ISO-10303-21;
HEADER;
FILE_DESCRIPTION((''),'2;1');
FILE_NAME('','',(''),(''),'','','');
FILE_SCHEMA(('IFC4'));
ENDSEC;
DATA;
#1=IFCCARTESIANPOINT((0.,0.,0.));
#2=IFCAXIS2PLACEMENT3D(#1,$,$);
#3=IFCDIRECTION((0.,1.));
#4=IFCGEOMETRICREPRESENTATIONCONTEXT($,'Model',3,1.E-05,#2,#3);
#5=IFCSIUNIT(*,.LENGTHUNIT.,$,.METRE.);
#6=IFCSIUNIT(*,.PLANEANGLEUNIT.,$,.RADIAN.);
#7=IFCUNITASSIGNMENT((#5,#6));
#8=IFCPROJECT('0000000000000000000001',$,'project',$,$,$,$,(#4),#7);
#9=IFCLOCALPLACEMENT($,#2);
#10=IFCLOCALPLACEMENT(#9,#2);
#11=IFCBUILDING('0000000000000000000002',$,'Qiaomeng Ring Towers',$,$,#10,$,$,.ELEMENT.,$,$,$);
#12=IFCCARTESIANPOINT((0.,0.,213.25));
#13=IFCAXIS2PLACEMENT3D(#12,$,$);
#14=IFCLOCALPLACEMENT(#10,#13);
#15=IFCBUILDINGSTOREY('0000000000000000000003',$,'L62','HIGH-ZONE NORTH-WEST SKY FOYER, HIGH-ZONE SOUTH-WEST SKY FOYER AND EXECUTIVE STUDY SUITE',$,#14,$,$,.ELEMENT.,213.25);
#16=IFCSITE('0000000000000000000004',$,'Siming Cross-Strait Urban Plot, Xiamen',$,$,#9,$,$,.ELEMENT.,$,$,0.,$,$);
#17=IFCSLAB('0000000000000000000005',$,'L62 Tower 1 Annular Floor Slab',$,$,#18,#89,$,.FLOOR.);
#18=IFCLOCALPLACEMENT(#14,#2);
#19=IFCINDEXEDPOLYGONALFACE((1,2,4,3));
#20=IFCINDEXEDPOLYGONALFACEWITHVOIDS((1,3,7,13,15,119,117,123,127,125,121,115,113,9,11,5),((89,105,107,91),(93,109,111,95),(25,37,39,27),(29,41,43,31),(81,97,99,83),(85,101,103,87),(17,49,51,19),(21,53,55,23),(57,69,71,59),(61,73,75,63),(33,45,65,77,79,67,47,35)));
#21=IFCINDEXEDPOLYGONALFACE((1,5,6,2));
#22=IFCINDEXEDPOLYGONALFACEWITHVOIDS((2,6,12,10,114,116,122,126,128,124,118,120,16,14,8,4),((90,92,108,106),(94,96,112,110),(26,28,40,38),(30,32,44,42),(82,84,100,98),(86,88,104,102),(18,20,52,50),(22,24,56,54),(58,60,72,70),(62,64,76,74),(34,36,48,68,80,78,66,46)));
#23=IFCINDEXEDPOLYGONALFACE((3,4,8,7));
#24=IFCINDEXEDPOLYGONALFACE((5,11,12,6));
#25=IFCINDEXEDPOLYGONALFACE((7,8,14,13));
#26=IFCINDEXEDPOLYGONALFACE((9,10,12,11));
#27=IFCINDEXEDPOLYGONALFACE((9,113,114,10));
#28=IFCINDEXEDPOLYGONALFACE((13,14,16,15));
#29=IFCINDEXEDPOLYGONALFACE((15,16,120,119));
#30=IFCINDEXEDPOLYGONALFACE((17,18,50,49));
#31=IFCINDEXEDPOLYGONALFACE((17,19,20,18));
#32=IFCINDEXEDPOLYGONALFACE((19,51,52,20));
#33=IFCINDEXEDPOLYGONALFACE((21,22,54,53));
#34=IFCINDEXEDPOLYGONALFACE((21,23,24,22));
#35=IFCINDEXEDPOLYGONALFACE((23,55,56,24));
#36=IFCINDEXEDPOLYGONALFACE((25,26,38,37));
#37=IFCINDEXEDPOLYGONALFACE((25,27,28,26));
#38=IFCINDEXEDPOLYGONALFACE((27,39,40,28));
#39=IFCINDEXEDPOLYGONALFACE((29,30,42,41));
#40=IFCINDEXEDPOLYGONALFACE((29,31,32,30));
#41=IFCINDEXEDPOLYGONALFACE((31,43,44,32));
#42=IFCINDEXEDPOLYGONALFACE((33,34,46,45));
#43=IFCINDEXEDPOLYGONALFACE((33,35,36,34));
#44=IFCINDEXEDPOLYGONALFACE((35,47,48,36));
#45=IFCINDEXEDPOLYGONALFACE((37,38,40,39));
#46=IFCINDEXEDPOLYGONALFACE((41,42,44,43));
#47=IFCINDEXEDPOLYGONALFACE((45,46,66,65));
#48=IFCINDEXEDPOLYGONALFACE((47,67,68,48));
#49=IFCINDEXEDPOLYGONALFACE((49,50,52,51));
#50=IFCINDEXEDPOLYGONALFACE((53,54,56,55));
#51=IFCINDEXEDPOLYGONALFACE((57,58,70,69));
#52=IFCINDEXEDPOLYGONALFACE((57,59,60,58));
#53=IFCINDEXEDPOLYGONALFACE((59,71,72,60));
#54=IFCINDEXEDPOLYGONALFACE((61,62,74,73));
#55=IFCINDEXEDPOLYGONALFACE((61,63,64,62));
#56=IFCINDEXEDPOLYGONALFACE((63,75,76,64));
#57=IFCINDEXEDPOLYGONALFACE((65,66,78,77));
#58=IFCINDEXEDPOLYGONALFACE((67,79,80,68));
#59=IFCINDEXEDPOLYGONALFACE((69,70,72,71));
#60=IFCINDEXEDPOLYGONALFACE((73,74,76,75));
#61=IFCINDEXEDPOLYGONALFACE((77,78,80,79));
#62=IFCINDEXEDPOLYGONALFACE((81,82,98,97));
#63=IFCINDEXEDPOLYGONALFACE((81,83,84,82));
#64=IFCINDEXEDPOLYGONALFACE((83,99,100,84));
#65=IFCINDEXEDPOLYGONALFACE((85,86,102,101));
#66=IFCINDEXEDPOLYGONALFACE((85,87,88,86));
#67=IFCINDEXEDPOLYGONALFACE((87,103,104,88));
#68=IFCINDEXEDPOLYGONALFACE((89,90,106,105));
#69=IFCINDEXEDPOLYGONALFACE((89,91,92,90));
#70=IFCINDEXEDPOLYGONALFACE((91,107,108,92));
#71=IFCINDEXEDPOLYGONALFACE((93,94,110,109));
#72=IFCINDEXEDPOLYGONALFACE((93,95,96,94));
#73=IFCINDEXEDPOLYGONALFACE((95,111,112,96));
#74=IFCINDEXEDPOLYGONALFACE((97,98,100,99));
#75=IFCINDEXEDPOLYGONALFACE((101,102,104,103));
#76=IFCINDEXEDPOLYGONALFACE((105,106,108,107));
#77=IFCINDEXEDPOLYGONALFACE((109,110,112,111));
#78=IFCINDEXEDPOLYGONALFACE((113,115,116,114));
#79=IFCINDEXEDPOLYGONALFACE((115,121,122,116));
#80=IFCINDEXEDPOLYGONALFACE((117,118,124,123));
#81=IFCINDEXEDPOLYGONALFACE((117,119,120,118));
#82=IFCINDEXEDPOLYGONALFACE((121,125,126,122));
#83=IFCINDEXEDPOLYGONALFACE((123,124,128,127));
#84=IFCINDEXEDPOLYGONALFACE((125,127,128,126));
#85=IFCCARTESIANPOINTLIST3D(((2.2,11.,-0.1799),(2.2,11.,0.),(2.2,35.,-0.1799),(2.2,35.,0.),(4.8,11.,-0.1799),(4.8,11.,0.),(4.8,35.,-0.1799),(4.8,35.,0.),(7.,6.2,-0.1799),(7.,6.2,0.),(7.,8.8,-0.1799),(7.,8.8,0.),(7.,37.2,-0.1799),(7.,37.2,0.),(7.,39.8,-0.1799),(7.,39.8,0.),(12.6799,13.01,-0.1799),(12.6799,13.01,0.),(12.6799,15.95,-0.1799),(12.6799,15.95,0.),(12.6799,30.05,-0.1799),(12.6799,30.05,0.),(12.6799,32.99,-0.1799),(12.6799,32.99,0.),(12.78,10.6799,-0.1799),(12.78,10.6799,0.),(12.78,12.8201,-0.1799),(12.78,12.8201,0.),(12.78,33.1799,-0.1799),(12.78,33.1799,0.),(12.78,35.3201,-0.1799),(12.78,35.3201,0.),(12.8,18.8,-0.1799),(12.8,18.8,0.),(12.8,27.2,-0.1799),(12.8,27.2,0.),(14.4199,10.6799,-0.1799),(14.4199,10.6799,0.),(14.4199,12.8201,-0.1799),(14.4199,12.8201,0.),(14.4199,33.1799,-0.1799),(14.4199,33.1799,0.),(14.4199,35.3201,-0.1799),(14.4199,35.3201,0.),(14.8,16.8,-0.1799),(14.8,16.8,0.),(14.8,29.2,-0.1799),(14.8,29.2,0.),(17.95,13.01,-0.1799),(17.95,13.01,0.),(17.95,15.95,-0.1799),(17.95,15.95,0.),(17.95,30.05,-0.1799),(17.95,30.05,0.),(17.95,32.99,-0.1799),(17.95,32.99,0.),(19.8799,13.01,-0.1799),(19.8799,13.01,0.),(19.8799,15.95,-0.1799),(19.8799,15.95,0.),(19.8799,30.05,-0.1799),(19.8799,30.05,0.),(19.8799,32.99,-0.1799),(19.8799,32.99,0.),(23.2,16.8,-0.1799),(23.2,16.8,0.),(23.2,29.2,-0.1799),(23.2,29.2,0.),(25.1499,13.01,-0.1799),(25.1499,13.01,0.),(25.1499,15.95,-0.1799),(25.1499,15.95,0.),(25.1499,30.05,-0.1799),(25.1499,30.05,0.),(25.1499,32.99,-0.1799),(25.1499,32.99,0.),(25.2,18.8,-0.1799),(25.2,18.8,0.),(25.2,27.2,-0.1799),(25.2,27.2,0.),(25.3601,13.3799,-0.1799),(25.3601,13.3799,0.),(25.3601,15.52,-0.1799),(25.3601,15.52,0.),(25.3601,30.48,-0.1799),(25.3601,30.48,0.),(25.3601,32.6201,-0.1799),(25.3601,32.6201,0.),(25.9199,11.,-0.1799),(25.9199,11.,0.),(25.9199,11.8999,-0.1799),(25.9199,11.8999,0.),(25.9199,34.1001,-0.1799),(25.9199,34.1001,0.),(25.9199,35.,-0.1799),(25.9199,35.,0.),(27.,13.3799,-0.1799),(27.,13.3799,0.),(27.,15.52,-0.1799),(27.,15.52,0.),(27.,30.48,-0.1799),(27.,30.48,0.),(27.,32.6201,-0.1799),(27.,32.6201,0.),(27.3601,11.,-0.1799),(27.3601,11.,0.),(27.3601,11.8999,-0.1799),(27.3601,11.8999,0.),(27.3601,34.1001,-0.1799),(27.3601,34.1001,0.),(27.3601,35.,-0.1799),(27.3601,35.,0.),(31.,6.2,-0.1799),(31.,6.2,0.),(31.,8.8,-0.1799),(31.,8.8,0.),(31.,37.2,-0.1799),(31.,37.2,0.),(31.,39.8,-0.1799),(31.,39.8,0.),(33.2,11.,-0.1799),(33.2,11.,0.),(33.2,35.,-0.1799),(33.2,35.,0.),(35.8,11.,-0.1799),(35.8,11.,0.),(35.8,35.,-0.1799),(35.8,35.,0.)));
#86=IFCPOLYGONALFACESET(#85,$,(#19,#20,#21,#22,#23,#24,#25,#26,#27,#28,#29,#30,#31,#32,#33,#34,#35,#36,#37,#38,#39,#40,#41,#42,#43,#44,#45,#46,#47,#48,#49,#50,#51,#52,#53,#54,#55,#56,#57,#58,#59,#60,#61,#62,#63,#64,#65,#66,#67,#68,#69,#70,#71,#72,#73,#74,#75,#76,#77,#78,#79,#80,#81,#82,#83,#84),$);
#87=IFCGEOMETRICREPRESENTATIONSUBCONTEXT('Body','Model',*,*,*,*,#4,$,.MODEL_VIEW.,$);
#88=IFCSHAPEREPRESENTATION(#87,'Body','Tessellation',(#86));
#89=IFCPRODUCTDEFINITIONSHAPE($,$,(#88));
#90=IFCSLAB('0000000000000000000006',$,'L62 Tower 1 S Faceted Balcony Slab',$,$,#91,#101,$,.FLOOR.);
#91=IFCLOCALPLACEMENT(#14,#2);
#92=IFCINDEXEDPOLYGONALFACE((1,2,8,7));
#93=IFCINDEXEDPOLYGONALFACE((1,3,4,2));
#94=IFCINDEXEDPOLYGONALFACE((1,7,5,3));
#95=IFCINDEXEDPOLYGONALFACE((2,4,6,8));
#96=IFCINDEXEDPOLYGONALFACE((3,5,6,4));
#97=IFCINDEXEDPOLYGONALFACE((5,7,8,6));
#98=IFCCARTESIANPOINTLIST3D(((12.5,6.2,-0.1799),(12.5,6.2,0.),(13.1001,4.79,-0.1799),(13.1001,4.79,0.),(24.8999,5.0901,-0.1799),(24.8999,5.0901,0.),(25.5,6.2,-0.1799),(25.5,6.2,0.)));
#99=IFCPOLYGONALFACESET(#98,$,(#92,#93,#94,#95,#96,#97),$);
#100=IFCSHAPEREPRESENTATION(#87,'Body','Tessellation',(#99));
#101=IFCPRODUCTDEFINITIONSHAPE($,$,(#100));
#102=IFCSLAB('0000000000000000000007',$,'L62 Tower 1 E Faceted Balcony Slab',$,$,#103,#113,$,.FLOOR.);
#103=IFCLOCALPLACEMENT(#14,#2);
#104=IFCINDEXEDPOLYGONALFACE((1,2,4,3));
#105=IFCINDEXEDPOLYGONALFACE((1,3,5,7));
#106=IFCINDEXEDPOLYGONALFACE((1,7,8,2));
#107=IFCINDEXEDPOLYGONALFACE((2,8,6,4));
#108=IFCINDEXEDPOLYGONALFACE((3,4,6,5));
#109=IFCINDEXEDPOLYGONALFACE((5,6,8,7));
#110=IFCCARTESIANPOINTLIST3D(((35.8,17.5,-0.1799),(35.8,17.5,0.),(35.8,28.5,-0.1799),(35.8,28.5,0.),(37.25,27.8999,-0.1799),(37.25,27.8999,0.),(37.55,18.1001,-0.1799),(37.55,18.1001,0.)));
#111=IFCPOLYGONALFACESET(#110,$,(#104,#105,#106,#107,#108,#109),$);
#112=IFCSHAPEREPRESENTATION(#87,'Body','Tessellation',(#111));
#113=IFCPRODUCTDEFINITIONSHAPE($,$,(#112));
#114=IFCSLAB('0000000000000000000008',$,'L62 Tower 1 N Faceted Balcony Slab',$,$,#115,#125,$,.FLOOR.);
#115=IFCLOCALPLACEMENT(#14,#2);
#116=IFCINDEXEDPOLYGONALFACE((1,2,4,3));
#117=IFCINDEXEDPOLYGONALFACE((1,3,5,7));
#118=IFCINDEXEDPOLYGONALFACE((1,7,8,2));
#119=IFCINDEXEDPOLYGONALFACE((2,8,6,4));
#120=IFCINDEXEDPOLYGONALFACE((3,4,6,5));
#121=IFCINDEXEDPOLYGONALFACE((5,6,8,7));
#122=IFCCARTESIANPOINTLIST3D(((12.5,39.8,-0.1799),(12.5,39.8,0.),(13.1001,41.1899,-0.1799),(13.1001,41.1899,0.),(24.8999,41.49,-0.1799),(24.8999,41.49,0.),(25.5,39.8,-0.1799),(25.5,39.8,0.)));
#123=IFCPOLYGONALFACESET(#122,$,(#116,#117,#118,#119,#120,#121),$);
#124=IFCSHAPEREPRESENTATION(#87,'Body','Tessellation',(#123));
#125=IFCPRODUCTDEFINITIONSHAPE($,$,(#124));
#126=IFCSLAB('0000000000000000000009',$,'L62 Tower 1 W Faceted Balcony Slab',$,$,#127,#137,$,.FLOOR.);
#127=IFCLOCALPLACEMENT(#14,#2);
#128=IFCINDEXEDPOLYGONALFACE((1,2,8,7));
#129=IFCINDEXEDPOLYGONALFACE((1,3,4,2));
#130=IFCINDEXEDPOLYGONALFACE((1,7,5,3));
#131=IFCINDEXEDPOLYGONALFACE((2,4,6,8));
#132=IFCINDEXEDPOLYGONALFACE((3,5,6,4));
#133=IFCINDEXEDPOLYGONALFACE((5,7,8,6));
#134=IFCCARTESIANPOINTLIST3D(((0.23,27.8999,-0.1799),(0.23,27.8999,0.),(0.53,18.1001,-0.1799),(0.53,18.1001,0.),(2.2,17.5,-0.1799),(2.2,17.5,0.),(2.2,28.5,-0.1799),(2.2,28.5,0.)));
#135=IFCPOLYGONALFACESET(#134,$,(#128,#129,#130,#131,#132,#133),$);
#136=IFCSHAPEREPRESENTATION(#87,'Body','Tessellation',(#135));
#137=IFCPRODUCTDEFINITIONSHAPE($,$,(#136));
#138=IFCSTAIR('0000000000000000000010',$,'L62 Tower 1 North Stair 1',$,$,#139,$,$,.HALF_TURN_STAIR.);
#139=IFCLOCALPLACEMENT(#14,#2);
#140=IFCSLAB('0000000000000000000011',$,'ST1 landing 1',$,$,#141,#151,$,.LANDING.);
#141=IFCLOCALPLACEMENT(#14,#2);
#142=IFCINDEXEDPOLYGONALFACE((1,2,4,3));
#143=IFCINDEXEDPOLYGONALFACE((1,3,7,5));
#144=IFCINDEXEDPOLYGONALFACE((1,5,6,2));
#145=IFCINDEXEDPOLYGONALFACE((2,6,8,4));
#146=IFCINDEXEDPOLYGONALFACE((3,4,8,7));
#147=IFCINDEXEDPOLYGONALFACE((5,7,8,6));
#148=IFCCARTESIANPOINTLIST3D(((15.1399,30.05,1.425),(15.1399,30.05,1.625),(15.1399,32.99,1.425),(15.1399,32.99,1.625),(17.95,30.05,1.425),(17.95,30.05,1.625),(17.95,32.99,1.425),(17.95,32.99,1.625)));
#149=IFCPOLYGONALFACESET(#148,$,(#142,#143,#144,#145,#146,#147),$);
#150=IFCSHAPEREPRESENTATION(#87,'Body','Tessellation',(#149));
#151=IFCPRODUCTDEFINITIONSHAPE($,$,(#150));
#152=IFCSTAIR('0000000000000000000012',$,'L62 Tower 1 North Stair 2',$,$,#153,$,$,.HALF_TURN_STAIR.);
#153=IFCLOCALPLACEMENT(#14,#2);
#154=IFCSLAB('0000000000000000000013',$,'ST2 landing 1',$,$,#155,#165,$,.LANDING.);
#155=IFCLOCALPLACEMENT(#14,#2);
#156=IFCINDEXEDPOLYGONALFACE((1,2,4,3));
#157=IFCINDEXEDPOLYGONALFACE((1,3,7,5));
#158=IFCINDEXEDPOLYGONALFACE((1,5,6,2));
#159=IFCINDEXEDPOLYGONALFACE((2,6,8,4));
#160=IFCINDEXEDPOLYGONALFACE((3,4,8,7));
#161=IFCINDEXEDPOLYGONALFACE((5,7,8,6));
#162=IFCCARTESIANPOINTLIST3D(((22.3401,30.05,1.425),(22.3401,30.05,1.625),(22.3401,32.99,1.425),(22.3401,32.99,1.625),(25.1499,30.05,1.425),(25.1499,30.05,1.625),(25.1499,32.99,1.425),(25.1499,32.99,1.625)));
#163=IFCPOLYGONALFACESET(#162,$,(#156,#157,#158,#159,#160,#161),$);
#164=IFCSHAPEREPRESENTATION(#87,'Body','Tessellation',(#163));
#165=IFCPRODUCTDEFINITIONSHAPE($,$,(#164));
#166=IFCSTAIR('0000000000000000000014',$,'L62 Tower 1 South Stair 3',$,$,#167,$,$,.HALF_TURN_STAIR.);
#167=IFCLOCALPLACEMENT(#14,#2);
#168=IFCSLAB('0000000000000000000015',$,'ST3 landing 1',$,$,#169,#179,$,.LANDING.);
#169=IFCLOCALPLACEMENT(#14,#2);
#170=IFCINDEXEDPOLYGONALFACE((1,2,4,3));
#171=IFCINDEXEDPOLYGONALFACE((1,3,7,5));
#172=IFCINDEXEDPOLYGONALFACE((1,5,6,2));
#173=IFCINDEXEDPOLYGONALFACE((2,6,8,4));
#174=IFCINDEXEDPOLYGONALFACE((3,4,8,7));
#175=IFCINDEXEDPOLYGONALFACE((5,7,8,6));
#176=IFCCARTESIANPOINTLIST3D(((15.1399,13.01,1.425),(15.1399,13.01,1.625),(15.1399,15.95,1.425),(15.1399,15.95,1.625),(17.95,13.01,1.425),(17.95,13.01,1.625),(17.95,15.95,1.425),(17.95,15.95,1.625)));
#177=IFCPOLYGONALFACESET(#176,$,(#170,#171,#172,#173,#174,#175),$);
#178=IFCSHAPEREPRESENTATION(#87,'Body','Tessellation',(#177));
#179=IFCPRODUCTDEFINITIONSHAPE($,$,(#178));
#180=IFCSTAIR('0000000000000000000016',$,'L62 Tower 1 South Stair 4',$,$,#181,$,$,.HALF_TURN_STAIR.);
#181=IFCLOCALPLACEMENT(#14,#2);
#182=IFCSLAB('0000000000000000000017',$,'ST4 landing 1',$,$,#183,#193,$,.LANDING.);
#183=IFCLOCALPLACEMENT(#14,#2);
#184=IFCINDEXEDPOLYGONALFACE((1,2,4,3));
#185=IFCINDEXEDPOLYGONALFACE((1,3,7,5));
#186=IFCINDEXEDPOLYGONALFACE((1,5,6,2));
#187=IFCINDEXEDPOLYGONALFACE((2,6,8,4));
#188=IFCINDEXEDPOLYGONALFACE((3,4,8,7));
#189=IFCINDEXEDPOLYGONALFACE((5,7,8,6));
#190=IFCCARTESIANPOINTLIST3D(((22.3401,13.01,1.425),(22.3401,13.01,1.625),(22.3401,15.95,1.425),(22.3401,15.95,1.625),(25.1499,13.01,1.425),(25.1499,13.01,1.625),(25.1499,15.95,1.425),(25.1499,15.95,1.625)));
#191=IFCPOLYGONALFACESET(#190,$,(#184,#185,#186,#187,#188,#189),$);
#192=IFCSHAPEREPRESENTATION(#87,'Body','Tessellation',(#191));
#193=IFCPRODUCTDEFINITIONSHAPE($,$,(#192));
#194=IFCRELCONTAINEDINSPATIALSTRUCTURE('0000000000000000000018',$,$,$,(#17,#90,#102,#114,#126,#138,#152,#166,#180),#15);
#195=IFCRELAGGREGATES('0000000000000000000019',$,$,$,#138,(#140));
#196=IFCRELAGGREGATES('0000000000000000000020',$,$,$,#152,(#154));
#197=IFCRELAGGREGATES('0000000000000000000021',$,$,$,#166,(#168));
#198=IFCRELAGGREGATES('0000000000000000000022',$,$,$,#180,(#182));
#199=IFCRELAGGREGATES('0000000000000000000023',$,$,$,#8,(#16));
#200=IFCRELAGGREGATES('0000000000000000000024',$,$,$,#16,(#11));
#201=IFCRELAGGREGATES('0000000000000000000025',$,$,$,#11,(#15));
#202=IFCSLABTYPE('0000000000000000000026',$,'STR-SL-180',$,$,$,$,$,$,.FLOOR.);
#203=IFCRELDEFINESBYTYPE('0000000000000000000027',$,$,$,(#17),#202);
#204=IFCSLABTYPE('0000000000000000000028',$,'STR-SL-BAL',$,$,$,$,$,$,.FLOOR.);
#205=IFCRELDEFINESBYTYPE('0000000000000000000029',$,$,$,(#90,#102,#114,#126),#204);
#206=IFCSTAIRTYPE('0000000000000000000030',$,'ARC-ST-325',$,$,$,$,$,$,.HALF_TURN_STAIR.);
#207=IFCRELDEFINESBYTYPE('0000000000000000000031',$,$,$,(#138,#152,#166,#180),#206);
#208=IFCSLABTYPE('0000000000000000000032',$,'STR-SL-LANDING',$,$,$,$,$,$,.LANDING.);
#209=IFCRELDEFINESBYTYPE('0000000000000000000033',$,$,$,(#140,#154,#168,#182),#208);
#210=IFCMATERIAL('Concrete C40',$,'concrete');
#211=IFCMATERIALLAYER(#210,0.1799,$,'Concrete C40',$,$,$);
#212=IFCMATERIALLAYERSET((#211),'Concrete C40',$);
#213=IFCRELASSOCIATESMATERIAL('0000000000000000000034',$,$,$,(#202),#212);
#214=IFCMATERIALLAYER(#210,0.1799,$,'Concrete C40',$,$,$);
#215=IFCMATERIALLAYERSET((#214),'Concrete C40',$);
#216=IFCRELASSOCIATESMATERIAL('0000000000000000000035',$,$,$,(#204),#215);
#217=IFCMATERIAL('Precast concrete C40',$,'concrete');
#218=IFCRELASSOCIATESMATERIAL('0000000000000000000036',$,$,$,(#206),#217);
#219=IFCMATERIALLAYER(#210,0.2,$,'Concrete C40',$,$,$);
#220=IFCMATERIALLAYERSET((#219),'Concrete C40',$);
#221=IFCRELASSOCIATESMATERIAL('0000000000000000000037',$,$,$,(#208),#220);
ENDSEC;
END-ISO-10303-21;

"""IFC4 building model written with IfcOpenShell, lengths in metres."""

from ifc_helpers import new_model, si_unit, direction, frame, origin, place, context, subcontext, project, spatial, polyline, outline, extrude, material, layer, layer_set, type_object, element, aggregate, save


model = new_model("IFC4")

# Units and contexts
model_context = context("Model", 3, precision=1e-05, world=origin(), true_north=direction((0.0, 1.0)))
body_context = subcontext(model_context, "Body", "Model", "MODEL_VIEW")
ifc_project = project(units=[si_unit("LENGTHUNIT", "METRE"), si_unit("PLANEANGLEUNIT", "RADIAN")], contexts=[model_context])

# Site, building, storey
site_placement = place(None, origin())
site = spatial("IfcSite", under=ifc_project, at=site_placement, Name="Siming Cross-Strait Urban Plot, Xiamen", CompositionType="ELEMENT", RefElevation=0.0)
building_placement = place(site_placement, origin())
building = spatial("IfcBuilding", under=site, at=building_placement, Name="Qiaomeng Ring Towers", CompositionType="ELEMENT")
storey_placement = place(building_placement, frame((0.0, 0.0, 213.25)))
storey = spatial("IfcBuildingStorey", under=building, at=storey_placement, Name="L62", Description="HIGH-ZONE NORTH-WEST SKY FOYER, HIGH-ZONE SOUTH-WEST SKY FOYER AND EXECUTIVE STUDY SUITE", CompositionType="ELEMENT", Elevation=213.25)

# Slabs
ifc_material_1 = material(Name="Concrete C40", Category="concrete")
ifc_layer_1 = layer(ifc_material_1, 0.1799, Name="Concrete C40")
ifc_layer_set_1 = layer_set([ifc_layer_1], Name="Concrete C40")
slab_type_1 = type_object("IfcSlabType", Name="STR-SL-180", PredefinedType="FLOOR", material=ifc_layer_set_1)
slab_1_placement = place(storey_placement, frame((0.0, 0.0, -0.1799)))
element("IfcSlab", 1, at=slab_1_placement, inside=storey, type_object=slab_type_1, Name="L62 Tower 1 Annular Floor Slab", PredefinedType="FLOOR", context=body_context, shape_type="SweptSolid", body=[
    extrude(outline(polyline([(7.0, 6.2), (31.0, 6.2), (31.0, 8.8), (33.2, 11.0), (35.8, 11.0), (35.8, 35.0), (33.2, 35.0), (31.0, 37.2), (31.0, 39.8), (7.0, 39.8), (7.0, 37.2), (4.8, 35.0), (2.2, 35.0), (2.2, 11.0), (4.8, 11.0), (7.0, 8.8), (7.0, 6.2)]), holes=[polyline([(12.78, 10.6799), (12.78, 12.8201), (14.4199, 12.8201), (14.4199, 10.6799), (12.78, 10.6799)]), polyline([(12.6799, 13.01), (12.6799, 15.95), (17.95, 15.95), (17.95, 13.01), (12.6799, 13.01)]), polyline([(23.2, 29.2), (25.2, 27.2), (25.2, 18.8), (23.2, 16.8), (14.8, 16.8), (12.8, 18.8), (12.8, 27.2), (14.8, 29.2), (23.2, 29.2)]), polyline([(12.6799, 32.99), (17.95, 32.99), (17.95, 30.05), (12.6799, 30.05), (12.6799, 32.99)]), polyline([(19.8799, 32.99), (25.1499, 32.99), (25.1499, 30.05), (19.8799, 30.05), (19.8799, 32.99)]), polyline([(12.78, 33.1799), (12.78, 35.3201), (14.4199, 35.3201), (14.4199, 33.1799), (12.78, 33.1799)]), polyline([(25.9199, 11.8999), (27.3601, 11.8999), (27.3601, 11.0), (25.9199, 11.0), (25.9199, 11.8999)]), polyline([(25.3601, 15.52), (27.0, 15.52), (27.0, 13.3799), (25.3601, 13.3799), (25.3601, 15.52)]), polyline([(19.8799, 13.01), (19.8799, 15.95), (25.1499, 15.95), (25.1499, 13.01), (19.8799, 13.01)]), polyline([(25.3601, 32.6201), (27.0, 32.6201), (27.0, 30.48), (25.3601, 30.48), (25.3601, 32.6201)]), polyline([(25.9199, 35.0), (27.3601, 35.0), (27.3601, 34.1001), (25.9199, 34.1001), (25.9199, 35.0)])]), origin(), (0.0, 0.0, 1.0), 0.1799),
])
ifc_layer_2 = layer(ifc_material_1, 0.1799, Name="Concrete C40")
ifc_layer_set_2 = layer_set([ifc_layer_2], Name="Concrete C40")
slab_type_2 = type_object("IfcSlabType", Name="STR-SL-BAL", PredefinedType="FLOOR", material=ifc_layer_set_2)
slab_2_placement = place(storey_placement, frame((0.0, 0.0, -0.1799)))
element("IfcSlab", 2, at=slab_2_placement, inside=storey, type_object=slab_type_2, Name="L62 Tower 1 S Faceted Balcony Slab", PredefinedType="FLOOR", context=body_context, shape_type="SweptSolid", body=[
    extrude(outline(polyline([(25.5, 6.2), (24.8999, 5.0901), (13.1001, 4.79), (12.5, 6.2), (25.5, 6.2)])), origin(), (0.0, 0.0, 1.0), 0.1799),
])
slab_3_placement = place(storey_placement, frame((0.0, 0.0, -0.1799)))
element("IfcSlab", 3, at=slab_3_placement, inside=storey, type_object=slab_type_2, Name="L62 Tower 1 E Faceted Balcony Slab", PredefinedType="FLOOR", context=body_context, shape_type="SweptSolid", body=[
    extrude(outline(polyline([(37.25, 27.8999), (37.55, 18.1001), (35.8, 17.5), (35.8, 28.5), (37.25, 27.8999)])), origin(), (0.0, 0.0, 1.0), 0.1799),
])
slab_4_placement = place(storey_placement, frame((0.0, 0.0, -0.1799)))
element("IfcSlab", 4, at=slab_4_placement, inside=storey, type_object=slab_type_2, Name="L62 Tower 1 N Faceted Balcony Slab", PredefinedType="FLOOR", context=body_context, shape_type="SweptSolid", body=[
    extrude(outline(polyline([(12.5, 39.8), (13.1001, 41.1899), (24.8999, 41.49), (25.5, 39.8), (12.5, 39.8)])), origin(), (0.0, 0.0, 1.0), 0.1799),
])
slab_5_placement = place(storey_placement, frame((0.0, 0.0, -0.1799)))
element("IfcSlab", 5, at=slab_5_placement, inside=storey, type_object=slab_type_2, Name="L62 Tower 1 W Faceted Balcony Slab", PredefinedType="FLOOR", context=body_context, shape_type="SweptSolid", body=[
    extrude(outline(polyline([(0.53, 18.1001), (0.23, 27.8999), (2.2, 28.5), (2.2, 17.5), (0.53, 18.1001)])), origin(), (0.0, 0.0, 1.0), 0.1799),
])

# Stairs, slabs
ifc_material_2 = material(Name="Precast concrete C40", Category="concrete")
stair_type = type_object("IfcStairType", Name="ARC-ST-325", PredefinedType="HALF_TURN_STAIR", material=ifc_material_2)
stair_1_placement = place(storey_placement, origin())
stair_1 = element("IfcStair", 6, at=stair_1_placement, inside=storey, type_object=stair_type, Name="L62 Tower 1 North Stair 1", PredefinedType="HALF_TURN_STAIR")
ifc_layer_3 = layer(ifc_material_1, 0.2, Name="Concrete C40")
ifc_layer_set_3 = layer_set([ifc_layer_3], Name="Concrete C40")
slab_type_3 = type_object("IfcSlabType", Name="STR-SL-LANDING", PredefinedType="LANDING", material=ifc_layer_set_3)
slab_6_placement = place(storey_placement, frame((0.0, 0.0, 1.425)))
slab_6 = element("IfcSlab", 7, at=slab_6_placement, type_object=slab_type_3, Name="ST1 landing 1", PredefinedType="LANDING", context=body_context, shape_type="SweptSolid", body=[
    extrude(outline(polyline([(15.1399, 30.05), (17.95, 30.05), (17.95, 32.99), (15.1399, 32.99), (15.1399, 30.05)])), origin(), (0.0, 0.0, 1.0), 0.2),
])
aggregate(stair_1, [slab_6])
stair_2_placement = place(storey_placement, origin())
stair_2 = element("IfcStair", 8, at=stair_2_placement, inside=storey, type_object=stair_type, Name="L62 Tower 1 North Stair 2", PredefinedType="HALF_TURN_STAIR")
slab_7_placement = place(storey_placement, frame((0.0, 0.0, 1.425)))
slab_7 = element("IfcSlab", 9, at=slab_7_placement, type_object=slab_type_3, Name="ST2 landing 1", PredefinedType="LANDING", context=body_context, shape_type="SweptSolid", body=[
    extrude(outline(polyline([(22.3401, 30.05), (25.1499, 30.05), (25.1499, 32.99), (22.3401, 32.99), (22.3401, 30.05)])), origin(), (0.0, 0.0, 1.0), 0.2),
])
aggregate(stair_2, [slab_7])
stair_3_placement = place(storey_placement, origin())
stair_3 = element("IfcStair", 10, at=stair_3_placement, inside=storey, type_object=stair_type, Name="L62 Tower 1 South Stair 3", PredefinedType="HALF_TURN_STAIR")
slab_8_placement = place(storey_placement, frame((0.0, 0.0, 1.425)))
slab_8 = element("IfcSlab", 11, at=slab_8_placement, type_object=slab_type_3, Name="ST3 landing 1", PredefinedType="LANDING", context=body_context, shape_type="SweptSolid", body=[
    extrude(outline(polyline([(15.1399, 13.01), (17.95, 13.01), (17.95, 15.95), (15.1399, 15.95), (15.1399, 13.01)])), origin(), (0.0, 0.0, 1.0), 0.2),
])
aggregate(stair_3, [slab_8])
stair_4_placement = place(storey_placement, origin())
stair_4 = element("IfcStair", 12, at=stair_4_placement, inside=storey, type_object=stair_type, Name="L62 Tower 1 South Stair 4", PredefinedType="HALF_TURN_STAIR")
slab_9_placement = place(storey_placement, frame((0.0, 0.0, 1.425)))
slab_9 = element("IfcSlab", 13, at=slab_9_placement, type_object=slab_type_3, Name="ST4 landing 1", PredefinedType="LANDING", context=body_context, shape_type="SweptSolid", body=[
    extrude(outline(polyline([(22.3401, 13.01), (25.1499, 13.01), (25.1499, 15.95), (22.3401, 15.95), (22.3401, 13.01)])), origin(), (0.0, 0.0, 1.0), 0.2),
])
aggregate(stair_4, [slab_9])

save(model, "model.ifc")
